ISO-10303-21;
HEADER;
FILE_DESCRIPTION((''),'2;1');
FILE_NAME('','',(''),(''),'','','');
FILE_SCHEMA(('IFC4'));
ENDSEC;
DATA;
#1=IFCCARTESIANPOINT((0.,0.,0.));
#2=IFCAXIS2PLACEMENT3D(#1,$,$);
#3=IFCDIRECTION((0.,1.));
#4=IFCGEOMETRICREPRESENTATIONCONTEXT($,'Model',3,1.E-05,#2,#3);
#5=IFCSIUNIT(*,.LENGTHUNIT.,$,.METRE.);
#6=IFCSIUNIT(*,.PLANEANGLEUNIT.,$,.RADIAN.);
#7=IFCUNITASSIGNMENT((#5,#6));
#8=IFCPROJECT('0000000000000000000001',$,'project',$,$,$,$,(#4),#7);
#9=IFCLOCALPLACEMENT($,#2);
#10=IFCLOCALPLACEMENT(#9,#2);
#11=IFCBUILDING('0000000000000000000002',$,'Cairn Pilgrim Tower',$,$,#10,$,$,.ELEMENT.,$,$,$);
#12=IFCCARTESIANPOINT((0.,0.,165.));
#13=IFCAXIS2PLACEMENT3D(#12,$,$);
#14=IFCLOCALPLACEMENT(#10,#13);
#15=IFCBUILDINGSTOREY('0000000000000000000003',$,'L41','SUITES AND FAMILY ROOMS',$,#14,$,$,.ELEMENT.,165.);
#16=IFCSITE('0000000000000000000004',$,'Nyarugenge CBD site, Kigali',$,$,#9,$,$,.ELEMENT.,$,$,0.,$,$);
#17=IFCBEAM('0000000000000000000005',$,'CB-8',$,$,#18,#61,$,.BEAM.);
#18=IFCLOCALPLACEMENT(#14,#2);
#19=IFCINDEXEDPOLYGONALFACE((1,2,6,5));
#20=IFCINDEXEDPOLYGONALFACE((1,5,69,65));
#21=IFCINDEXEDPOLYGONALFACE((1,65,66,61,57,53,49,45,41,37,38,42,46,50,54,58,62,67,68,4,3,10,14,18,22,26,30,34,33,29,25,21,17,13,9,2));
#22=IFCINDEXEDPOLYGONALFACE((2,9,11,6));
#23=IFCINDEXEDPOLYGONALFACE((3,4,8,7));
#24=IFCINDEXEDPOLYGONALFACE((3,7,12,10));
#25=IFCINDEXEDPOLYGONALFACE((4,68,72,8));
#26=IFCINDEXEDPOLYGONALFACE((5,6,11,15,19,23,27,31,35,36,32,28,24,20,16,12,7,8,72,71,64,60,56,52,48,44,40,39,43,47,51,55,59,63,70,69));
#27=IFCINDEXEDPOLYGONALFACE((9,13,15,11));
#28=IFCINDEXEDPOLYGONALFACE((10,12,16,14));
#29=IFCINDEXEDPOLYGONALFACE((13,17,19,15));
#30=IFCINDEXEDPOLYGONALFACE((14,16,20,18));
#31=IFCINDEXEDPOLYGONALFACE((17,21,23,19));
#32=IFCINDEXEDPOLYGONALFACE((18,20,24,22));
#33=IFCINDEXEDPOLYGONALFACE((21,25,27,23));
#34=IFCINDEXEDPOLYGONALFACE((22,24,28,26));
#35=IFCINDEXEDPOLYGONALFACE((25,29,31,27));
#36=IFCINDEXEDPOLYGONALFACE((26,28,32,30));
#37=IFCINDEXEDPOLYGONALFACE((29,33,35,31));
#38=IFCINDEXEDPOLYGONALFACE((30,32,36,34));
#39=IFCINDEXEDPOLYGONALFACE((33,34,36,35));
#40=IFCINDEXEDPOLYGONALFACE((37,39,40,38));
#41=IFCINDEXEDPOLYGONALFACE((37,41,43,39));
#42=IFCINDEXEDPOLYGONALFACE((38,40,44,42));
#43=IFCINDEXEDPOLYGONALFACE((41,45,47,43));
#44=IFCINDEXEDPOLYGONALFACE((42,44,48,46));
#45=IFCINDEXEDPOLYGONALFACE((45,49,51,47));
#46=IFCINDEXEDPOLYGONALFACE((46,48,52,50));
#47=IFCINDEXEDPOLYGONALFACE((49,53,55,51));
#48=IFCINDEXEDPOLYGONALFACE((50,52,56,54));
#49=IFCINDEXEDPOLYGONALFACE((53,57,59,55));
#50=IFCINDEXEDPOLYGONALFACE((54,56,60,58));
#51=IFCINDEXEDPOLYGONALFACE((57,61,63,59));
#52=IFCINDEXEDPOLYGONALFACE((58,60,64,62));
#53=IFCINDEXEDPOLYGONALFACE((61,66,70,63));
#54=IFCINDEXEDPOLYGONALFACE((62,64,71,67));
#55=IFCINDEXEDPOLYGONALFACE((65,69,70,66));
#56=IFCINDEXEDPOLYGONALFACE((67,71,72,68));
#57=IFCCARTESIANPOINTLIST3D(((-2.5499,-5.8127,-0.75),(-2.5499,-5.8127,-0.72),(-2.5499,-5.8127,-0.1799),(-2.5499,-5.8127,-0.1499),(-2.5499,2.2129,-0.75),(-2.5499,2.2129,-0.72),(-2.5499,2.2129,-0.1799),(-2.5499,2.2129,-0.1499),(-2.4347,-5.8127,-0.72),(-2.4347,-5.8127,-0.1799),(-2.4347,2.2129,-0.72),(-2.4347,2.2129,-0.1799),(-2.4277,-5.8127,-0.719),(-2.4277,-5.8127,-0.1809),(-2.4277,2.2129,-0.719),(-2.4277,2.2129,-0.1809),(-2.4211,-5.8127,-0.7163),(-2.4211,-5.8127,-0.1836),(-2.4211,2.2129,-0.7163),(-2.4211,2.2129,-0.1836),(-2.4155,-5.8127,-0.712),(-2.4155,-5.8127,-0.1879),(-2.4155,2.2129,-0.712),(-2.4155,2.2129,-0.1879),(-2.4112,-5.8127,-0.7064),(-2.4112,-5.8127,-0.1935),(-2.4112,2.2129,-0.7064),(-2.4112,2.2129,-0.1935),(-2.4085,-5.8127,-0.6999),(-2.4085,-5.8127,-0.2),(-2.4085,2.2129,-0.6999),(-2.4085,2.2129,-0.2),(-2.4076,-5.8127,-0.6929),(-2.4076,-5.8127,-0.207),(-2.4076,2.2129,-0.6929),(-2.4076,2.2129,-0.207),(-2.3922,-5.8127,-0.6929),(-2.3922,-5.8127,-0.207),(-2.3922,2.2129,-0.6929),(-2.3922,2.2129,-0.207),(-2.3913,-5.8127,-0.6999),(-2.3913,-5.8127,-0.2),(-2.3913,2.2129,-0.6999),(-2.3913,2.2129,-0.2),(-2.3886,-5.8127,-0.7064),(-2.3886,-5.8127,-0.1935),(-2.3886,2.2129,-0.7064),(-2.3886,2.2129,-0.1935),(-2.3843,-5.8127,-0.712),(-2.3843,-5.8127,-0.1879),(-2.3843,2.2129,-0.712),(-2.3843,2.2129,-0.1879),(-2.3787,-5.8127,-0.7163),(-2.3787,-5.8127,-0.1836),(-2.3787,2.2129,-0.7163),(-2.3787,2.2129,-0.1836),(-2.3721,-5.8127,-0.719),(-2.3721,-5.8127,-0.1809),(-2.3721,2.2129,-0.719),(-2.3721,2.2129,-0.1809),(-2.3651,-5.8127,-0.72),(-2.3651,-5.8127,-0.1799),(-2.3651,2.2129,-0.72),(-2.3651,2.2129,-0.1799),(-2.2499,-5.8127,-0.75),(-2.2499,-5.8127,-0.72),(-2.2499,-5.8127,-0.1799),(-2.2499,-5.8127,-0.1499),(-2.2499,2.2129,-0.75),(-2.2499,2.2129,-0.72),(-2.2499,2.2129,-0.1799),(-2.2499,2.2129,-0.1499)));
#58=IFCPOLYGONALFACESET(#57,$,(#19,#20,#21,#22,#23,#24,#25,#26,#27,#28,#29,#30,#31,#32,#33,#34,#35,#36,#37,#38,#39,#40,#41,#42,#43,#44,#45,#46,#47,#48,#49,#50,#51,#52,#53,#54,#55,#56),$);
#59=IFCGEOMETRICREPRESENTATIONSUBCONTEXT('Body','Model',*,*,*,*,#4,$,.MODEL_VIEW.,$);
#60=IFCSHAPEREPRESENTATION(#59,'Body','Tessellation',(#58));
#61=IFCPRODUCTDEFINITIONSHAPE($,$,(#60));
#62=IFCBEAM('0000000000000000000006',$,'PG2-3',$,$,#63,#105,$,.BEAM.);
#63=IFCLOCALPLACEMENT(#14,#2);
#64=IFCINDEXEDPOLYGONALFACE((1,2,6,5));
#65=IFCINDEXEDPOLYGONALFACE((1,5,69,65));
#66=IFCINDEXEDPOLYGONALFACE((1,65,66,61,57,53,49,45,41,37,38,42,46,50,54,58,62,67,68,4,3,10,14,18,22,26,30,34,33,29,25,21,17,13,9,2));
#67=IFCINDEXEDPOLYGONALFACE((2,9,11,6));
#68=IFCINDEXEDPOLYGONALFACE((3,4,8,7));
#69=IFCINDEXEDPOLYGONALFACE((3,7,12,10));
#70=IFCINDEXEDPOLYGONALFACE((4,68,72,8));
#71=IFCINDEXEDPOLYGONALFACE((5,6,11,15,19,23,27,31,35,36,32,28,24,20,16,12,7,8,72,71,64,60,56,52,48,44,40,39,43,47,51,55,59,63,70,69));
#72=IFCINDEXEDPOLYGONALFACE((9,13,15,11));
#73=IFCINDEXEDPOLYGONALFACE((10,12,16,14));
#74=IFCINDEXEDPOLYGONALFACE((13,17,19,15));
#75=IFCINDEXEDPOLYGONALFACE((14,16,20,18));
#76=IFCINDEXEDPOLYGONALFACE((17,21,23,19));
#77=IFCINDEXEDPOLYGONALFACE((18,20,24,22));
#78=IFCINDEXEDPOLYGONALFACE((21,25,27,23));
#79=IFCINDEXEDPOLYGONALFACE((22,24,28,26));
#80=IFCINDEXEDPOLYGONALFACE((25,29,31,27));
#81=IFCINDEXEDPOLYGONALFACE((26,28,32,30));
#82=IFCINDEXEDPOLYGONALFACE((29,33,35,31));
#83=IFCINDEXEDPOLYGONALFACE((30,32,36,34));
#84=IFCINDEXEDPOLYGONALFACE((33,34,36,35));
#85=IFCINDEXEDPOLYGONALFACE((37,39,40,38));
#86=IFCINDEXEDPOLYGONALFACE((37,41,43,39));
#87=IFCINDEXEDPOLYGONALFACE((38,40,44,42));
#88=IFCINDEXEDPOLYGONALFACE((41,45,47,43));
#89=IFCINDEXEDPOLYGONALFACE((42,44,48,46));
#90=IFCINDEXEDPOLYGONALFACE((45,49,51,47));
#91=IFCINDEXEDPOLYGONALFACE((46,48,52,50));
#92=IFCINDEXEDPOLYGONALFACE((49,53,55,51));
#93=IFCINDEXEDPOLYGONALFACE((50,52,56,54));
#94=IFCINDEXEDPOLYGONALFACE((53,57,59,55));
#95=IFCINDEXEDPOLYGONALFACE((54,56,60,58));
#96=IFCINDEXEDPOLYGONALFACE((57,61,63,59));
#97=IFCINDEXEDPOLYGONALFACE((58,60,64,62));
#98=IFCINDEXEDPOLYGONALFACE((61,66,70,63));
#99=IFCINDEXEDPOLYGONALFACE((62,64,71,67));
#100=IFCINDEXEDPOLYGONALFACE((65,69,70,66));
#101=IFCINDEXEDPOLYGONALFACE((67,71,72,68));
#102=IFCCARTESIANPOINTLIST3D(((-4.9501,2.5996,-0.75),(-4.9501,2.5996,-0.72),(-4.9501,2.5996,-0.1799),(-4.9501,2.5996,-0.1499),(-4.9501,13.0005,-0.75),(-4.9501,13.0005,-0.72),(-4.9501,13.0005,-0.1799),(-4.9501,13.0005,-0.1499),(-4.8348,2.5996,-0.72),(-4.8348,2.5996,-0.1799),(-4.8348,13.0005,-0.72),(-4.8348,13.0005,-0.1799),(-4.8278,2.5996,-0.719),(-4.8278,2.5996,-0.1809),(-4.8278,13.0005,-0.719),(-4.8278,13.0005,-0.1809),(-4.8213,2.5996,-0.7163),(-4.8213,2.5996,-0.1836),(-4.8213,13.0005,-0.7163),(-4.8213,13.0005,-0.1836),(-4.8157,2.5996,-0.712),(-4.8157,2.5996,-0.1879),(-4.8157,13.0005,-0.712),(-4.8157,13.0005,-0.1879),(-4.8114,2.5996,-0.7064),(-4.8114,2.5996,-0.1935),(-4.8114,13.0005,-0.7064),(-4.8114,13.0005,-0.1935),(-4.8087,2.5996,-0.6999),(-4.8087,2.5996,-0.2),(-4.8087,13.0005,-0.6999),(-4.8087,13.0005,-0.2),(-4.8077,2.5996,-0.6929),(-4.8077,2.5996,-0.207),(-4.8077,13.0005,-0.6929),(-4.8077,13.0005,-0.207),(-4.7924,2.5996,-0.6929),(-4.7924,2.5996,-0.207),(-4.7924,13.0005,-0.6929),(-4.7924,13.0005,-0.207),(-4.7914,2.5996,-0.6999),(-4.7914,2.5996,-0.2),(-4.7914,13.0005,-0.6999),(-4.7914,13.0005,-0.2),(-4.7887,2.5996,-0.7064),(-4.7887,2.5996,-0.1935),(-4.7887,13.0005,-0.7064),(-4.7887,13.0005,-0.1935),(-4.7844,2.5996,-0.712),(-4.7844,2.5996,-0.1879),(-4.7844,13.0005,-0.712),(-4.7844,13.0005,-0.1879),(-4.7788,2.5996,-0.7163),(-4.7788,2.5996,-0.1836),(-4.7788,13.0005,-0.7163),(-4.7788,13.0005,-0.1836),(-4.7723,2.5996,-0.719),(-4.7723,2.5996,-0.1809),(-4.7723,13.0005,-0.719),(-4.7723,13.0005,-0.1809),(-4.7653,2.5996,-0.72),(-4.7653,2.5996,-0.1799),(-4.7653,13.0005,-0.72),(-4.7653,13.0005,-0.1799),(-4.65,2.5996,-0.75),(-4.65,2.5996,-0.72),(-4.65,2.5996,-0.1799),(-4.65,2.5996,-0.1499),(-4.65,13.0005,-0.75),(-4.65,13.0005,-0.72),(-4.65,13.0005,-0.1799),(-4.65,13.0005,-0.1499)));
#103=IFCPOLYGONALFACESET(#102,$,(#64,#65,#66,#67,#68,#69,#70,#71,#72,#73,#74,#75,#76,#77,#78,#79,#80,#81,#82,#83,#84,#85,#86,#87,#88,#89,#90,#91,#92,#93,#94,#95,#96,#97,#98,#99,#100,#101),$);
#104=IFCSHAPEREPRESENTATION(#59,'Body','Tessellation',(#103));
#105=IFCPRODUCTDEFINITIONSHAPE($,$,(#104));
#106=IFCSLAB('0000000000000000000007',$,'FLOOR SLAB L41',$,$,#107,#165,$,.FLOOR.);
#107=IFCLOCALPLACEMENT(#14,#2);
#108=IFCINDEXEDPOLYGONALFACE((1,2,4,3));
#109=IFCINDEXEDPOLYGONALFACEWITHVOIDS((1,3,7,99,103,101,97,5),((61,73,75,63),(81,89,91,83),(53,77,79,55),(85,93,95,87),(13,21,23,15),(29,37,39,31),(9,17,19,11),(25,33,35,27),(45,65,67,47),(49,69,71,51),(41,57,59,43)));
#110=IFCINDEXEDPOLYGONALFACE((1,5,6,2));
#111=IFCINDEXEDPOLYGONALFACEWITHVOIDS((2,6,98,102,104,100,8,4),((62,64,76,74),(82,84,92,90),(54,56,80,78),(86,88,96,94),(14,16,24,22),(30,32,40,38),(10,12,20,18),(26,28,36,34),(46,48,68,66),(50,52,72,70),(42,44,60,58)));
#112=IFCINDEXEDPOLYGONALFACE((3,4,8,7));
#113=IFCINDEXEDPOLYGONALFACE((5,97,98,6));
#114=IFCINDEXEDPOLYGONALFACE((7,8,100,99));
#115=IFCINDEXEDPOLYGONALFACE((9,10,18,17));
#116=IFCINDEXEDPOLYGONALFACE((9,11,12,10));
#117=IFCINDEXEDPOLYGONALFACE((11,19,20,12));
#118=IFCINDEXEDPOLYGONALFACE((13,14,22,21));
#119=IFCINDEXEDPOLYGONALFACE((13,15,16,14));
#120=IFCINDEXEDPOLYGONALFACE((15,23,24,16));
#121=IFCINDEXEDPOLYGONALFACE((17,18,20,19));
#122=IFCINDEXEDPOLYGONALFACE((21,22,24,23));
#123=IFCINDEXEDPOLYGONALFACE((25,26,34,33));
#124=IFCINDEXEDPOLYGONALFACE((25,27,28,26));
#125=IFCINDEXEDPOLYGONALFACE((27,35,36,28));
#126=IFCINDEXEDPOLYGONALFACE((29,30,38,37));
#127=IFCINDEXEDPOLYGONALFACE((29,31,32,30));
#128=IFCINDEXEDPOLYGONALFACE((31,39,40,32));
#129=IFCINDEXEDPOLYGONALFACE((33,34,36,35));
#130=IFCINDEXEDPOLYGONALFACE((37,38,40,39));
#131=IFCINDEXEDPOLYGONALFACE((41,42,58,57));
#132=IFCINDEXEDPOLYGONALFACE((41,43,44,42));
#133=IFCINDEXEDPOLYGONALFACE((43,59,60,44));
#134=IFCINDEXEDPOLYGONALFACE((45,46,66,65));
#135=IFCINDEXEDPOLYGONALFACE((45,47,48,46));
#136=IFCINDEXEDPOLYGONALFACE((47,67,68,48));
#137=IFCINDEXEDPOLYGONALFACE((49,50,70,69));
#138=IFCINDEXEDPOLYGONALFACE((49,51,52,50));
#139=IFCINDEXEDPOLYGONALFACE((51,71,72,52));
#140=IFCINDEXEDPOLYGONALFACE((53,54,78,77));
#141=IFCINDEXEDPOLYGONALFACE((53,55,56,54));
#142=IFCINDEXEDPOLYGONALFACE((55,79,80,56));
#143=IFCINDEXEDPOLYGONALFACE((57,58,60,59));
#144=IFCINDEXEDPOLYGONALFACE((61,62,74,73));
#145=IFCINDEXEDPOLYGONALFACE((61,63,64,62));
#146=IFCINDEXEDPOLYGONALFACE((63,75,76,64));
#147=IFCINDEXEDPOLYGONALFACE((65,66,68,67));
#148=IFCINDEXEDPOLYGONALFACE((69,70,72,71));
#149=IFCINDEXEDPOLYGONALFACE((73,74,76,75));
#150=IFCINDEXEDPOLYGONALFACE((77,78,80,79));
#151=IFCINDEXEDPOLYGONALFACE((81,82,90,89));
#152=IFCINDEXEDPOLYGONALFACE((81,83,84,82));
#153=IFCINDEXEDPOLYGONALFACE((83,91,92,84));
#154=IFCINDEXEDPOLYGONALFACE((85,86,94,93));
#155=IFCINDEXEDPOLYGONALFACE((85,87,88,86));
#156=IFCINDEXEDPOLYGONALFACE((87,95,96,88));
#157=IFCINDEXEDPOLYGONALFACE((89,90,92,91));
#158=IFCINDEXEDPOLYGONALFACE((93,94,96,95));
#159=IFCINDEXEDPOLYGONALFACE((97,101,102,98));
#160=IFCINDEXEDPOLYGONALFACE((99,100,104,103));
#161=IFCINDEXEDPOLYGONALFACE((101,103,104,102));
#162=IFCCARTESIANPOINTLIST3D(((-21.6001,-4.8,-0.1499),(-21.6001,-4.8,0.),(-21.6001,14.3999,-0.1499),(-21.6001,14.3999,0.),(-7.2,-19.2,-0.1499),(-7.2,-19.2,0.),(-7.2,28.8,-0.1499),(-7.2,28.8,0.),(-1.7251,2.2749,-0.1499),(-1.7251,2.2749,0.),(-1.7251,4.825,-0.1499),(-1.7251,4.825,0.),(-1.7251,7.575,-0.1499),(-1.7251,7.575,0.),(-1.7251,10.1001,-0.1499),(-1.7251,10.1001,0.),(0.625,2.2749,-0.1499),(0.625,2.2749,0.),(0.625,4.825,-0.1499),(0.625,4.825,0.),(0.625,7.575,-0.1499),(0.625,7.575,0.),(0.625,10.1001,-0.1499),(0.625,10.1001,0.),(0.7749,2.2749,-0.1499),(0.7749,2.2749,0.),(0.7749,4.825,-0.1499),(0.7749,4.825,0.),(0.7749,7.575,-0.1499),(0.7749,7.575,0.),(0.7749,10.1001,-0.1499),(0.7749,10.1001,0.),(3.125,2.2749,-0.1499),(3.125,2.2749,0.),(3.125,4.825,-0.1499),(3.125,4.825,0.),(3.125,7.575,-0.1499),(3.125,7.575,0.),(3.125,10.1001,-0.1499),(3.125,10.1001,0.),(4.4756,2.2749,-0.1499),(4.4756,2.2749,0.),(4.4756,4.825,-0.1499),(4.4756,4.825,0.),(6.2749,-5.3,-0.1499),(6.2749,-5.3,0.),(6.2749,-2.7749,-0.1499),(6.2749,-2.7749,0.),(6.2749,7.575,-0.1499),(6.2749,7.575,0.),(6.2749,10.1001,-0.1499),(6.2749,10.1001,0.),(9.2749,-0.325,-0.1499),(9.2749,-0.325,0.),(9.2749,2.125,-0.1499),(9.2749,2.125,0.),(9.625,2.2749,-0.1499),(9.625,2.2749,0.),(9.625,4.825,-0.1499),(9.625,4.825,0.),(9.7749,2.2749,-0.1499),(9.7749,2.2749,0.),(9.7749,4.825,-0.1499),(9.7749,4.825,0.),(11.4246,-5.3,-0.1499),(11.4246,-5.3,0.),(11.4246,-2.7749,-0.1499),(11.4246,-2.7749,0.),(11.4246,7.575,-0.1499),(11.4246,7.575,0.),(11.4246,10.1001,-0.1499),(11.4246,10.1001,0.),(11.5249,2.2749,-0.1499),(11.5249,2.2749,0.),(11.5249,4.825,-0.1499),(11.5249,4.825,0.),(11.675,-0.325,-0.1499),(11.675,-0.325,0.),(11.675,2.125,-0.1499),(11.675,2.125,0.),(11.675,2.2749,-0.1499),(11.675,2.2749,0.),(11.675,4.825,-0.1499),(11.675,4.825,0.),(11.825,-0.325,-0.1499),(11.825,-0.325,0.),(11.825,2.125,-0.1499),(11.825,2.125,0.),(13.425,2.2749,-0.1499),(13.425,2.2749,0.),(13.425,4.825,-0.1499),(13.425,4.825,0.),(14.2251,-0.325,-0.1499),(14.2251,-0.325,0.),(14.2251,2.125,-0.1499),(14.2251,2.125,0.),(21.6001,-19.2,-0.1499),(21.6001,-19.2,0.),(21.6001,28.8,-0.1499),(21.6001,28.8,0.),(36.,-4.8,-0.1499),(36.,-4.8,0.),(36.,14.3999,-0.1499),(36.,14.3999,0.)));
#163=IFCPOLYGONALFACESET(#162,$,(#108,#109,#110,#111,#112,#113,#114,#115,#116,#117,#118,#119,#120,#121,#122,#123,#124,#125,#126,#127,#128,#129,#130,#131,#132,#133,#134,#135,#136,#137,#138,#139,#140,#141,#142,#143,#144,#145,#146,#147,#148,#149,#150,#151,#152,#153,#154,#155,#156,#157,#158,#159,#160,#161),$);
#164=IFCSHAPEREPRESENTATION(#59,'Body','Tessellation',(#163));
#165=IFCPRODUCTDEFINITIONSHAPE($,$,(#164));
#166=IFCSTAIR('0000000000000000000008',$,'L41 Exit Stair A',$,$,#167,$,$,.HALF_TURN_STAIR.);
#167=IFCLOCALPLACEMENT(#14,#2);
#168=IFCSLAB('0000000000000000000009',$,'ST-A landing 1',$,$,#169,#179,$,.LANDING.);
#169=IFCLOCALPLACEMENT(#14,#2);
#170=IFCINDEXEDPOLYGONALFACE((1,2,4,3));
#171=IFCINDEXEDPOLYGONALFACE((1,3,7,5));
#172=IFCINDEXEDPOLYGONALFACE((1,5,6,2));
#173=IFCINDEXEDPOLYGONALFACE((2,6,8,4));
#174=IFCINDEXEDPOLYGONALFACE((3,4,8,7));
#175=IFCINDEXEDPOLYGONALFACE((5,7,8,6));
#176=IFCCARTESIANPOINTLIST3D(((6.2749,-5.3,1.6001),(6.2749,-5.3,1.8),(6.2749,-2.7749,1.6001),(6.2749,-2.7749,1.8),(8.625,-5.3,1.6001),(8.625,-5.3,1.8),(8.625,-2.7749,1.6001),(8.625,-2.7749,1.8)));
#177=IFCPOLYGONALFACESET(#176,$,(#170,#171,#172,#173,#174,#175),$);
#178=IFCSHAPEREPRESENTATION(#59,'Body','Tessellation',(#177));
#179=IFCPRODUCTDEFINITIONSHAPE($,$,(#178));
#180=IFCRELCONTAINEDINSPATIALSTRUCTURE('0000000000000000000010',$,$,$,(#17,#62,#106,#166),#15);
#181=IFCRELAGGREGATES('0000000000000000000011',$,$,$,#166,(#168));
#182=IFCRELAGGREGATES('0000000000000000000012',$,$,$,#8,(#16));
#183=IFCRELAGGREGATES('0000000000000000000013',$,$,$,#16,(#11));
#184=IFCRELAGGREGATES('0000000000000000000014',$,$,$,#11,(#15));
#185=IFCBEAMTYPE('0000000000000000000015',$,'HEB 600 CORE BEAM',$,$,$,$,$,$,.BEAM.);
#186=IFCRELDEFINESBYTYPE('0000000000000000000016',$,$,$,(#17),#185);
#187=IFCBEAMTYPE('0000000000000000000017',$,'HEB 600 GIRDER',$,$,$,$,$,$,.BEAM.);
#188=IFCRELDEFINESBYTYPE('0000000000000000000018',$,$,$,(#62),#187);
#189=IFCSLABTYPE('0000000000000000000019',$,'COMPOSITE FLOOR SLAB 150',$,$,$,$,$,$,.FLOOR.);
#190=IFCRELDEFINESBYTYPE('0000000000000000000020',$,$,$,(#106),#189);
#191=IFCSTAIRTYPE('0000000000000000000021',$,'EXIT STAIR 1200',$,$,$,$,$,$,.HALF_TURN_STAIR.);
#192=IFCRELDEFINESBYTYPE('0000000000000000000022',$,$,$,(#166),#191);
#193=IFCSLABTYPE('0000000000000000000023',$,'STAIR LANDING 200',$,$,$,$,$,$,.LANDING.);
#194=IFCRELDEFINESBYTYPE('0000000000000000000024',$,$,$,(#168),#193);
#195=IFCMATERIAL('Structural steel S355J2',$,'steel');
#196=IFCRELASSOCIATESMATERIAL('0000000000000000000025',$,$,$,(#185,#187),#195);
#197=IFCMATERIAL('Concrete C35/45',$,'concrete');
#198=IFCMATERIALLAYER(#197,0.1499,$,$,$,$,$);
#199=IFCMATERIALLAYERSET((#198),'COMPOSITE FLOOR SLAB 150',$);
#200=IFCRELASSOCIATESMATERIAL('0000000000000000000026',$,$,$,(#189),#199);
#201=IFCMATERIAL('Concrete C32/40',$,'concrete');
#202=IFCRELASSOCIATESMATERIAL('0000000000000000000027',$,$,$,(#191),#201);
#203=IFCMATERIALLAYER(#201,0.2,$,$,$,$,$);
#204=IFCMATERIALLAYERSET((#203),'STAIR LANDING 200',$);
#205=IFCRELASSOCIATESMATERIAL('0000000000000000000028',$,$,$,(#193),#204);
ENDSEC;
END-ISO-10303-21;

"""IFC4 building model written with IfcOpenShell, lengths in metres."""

from ifc_helpers import new_model, si_unit, direction, frame, origin, origin_2d, place, context, subcontext, project, spatial, polyline, i_section, outline, extrude, material, layer, layer_set, material_profile, profile_set, type_object, element, aggregate, save


model = new_model("IFC4")

# Units and contexts
model_context = context("Model", 3, precision=1e-05, world=origin(), true_north=direction((0.0, 1.0)))
body_context = subcontext(model_context, "Body", "Model", "MODEL_VIEW")
ifc_project = project(units=[si_unit("LENGTHUNIT", "METRE"), si_unit("PLANEANGLEUNIT", "RADIAN")], contexts=[model_context])

# Site, building, storey
site_placement = place(None, origin())
site = spatial("IfcSite", under=ifc_project, at=site_placement, Name="Nyarugenge CBD site, Kigali", CompositionType="ELEMENT", RefElevation=0.0)
building_placement = place(site_placement, origin())
building = spatial("IfcBuilding", under=site, at=building_placement, Name="Cairn Pilgrim Tower", CompositionType="ELEMENT")
storey_placement = place(building_placement, frame((0.0, 0.0, 165.0)))
storey = spatial("IfcBuildingStorey", under=building, at=storey_placement, Name="L41", Description="SUITES AND FAMILY ROOMS", CompositionType="ELEMENT", Elevation=165.0)

# Shared definitions
ifc_material_1 = material(Name="Structural steel S355J2", Category="steel")

# Beams
ifc_material_profile_1 = material_profile(ifc_material_1, i_section(OverallWidth=0.3, OverallDepth=0.6001, WebThickness=0.0154, FlangeThickness=0.03, FilletRadius=0.0271, at=origin_2d()), Name="HEB 600")
ifc_profile_set_1 = profile_set([ifc_material_profile_1], Name="Structural steel S355J2")
beam_type_1 = type_object("IfcBeamType", Name="HEB 600 CORE BEAM", PredefinedType="BEAM", material=ifc_profile_set_1)
beam_1_placement = place(storey_placement, frame((-2.3999, 2.2129, -0.45), z_axis=(0.0, -1.0, 0.0), x_axis=(1.0, 0.0, 0.0)))
element("IfcBeam", 1, at=beam_1_placement, inside=storey, type_object=beam_type_1, Name="CB-8", PredefinedType="BEAM", context=body_context, shape_type="SweptSolid", body=[
    extrude(i_section(OverallWidth=0.3, OverallDepth=0.6001, WebThickness=0.0154, FlangeThickness=0.03, FilletRadius=0.0271, at=origin_2d()), origin(), (0.0, 0.0, 1.0), 8.0256),
])
ifc_material_profile_2 = material_profile(ifc_material_1, i_section(OverallWidth=0.3, OverallDepth=0.6001, WebThickness=0.0154, FlangeThickness=0.03, FilletRadius=0.0271, at=origin_2d()), Name="HEB 600")
ifc_profile_set_2 = profile_set([ifc_material_profile_2], Name="Structural steel S355J2")
beam_type_2 = type_object("IfcBeamType", Name="HEB 600 GIRDER", PredefinedType="BEAM", material=ifc_profile_set_2)
beam_2_placement = place(storey_placement, frame((-4.8, 2.5996, -0.45), z_axis=(0.0, 1.0, 0.0), x_axis=(-1.0, 0.0, 0.0)))
element("IfcBeam", 2, at=beam_2_placement, inside=storey, type_object=beam_type_2, Name="PG2-3", PredefinedType="BEAM", context=body_context, shape_type="SweptSolid", body=[
    extrude(i_section(OverallWidth=0.3, OverallDepth=0.6001, WebThickness=0.0154, FlangeThickness=0.03, FilletRadius=0.0271, at=origin_2d()), origin(), (0.0, 0.0, 1.0), 10.4009),
])

# Slab
ifc_material_2 = material(Name="Concrete C35/45", Category="concrete")
ifc_layer_1 = layer(ifc_material_2, 0.1499)
ifc_layer_set_1 = layer_set([ifc_layer_1], Name="COMPOSITE FLOOR SLAB 150")
slab_type_1 = type_object("IfcSlabType", Name="COMPOSITE FLOOR SLAB 150", PredefinedType="FLOOR", material=ifc_layer_set_1)
slab_1_placement = place(storey_placement, frame((0.0, 0.0, -0.1499)))
element("IfcSlab", 3, at=slab_1_placement, inside=storey, type_object=slab_type_1, Name="FLOOR SLAB L41", PredefinedType="FLOOR", context=body_context, shape_type="SweptSolid", body=[
    extrude(outline(polyline([(-7.2, -19.2), (21.6001, -19.2), (36.0, -4.8), (36.0, 14.3999), (21.6001, 28.8), (-7.2, 28.8), (-21.6001, 14.3999), (-21.6001, -4.8), (-7.2, -19.2)]), holes=[polyline([(9.2749, -0.325), (11.675, -0.325), (11.675, 2.125), (9.2749, 2.125), (9.2749, -0.325)]), polyline([(11.825, -0.325), (14.2251, -0.325), (14.2251, 2.125), (11.825, 2.125), (11.825, -0.325)]), polyline([(-1.7251, 2.2749), (0.625, 2.2749), (0.625, 4.825), (-1.7251, 4.825), (-1.7251, 2.2749)]), polyline([(0.7749, 2.2749), (3.125, 2.2749), (3.125, 4.825), (0.7749, 4.825), (0.7749, 2.2749)]), polyline([(-1.7251, 7.575), (0.625, 7.575), (0.625, 10.1001), (-1.7251, 10.1001), (-1.7251, 7.575)]), polyline([(0.7749, 7.575), (3.125, 7.575), (3.125, 10.1001), (0.7749, 10.1001), (0.7749, 7.575)]), polyline([(9.7749, 2.2749), (11.5249, 2.2749), (11.5249, 4.825), (9.7749, 4.825), (9.7749, 2.2749)]), polyline([(11.675, 2.2749), (13.425, 2.2749), (13.425, 4.825), (11.675, 4.825), (11.675, 2.2749)]), polyline([(11.4246, -2.7749), (6.2749, -2.7749), (6.2749, -5.3), (11.4246, -5.3), (11.4246, -2.7749)]), polyline([(4.4756, 2.2749), (9.625, 2.2749), (9.625, 4.825), (4.4756, 4.825), (4.4756, 2.2749)]), polyline([(11.4246, 10.1001), (6.2749, 10.1001), (6.2749, 7.575), (11.4246, 7.575), (11.4246, 10.1001)])]), origin(), (0.0, 0.0, 1.0), 0.1499),
])

# Stair, slab
ifc_material_3 = material(Name="Concrete C32/40", Category="concrete")
stair_type = type_object("IfcStairType", Name="EXIT STAIR 1200", PredefinedType="HALF_TURN_STAIR", material=ifc_material_3)
stair_placement = place(storey_placement, origin())
stair = element("IfcStair", 4, at=stair_placement, inside=storey, type_object=stair_type, Name="L41 Exit Stair A", PredefinedType="HALF_TURN_STAIR")
ifc_layer_2 = layer(ifc_material_3, 0.2)
ifc_layer_set_2 = layer_set([ifc_layer_2], Name="STAIR LANDING 200")
slab_type_2 = type_object("IfcSlabType", Name="STAIR LANDING 200", PredefinedType="LANDING", material=ifc_layer_set_2)
slab_2_placement = place(storey_placement, frame((0.0, 0.0, 1.6001)))
slab_2 = element("IfcSlab", 5, at=slab_2_placement, type_object=slab_type_2, Name="ST-A landing 1", PredefinedType="LANDING", context=body_context, shape_type="SweptSolid", body=[
    extrude(outline(polyline([(8.625, -2.7749), (6.2749, -2.7749), (6.2749, -5.3), (8.625, -5.3), (8.625, -2.7749)])), origin(), (0.0, 0.0, 1.0), 0.2),
])
aggregate(stair, [slab_2])

save(model, "model.ifc")
